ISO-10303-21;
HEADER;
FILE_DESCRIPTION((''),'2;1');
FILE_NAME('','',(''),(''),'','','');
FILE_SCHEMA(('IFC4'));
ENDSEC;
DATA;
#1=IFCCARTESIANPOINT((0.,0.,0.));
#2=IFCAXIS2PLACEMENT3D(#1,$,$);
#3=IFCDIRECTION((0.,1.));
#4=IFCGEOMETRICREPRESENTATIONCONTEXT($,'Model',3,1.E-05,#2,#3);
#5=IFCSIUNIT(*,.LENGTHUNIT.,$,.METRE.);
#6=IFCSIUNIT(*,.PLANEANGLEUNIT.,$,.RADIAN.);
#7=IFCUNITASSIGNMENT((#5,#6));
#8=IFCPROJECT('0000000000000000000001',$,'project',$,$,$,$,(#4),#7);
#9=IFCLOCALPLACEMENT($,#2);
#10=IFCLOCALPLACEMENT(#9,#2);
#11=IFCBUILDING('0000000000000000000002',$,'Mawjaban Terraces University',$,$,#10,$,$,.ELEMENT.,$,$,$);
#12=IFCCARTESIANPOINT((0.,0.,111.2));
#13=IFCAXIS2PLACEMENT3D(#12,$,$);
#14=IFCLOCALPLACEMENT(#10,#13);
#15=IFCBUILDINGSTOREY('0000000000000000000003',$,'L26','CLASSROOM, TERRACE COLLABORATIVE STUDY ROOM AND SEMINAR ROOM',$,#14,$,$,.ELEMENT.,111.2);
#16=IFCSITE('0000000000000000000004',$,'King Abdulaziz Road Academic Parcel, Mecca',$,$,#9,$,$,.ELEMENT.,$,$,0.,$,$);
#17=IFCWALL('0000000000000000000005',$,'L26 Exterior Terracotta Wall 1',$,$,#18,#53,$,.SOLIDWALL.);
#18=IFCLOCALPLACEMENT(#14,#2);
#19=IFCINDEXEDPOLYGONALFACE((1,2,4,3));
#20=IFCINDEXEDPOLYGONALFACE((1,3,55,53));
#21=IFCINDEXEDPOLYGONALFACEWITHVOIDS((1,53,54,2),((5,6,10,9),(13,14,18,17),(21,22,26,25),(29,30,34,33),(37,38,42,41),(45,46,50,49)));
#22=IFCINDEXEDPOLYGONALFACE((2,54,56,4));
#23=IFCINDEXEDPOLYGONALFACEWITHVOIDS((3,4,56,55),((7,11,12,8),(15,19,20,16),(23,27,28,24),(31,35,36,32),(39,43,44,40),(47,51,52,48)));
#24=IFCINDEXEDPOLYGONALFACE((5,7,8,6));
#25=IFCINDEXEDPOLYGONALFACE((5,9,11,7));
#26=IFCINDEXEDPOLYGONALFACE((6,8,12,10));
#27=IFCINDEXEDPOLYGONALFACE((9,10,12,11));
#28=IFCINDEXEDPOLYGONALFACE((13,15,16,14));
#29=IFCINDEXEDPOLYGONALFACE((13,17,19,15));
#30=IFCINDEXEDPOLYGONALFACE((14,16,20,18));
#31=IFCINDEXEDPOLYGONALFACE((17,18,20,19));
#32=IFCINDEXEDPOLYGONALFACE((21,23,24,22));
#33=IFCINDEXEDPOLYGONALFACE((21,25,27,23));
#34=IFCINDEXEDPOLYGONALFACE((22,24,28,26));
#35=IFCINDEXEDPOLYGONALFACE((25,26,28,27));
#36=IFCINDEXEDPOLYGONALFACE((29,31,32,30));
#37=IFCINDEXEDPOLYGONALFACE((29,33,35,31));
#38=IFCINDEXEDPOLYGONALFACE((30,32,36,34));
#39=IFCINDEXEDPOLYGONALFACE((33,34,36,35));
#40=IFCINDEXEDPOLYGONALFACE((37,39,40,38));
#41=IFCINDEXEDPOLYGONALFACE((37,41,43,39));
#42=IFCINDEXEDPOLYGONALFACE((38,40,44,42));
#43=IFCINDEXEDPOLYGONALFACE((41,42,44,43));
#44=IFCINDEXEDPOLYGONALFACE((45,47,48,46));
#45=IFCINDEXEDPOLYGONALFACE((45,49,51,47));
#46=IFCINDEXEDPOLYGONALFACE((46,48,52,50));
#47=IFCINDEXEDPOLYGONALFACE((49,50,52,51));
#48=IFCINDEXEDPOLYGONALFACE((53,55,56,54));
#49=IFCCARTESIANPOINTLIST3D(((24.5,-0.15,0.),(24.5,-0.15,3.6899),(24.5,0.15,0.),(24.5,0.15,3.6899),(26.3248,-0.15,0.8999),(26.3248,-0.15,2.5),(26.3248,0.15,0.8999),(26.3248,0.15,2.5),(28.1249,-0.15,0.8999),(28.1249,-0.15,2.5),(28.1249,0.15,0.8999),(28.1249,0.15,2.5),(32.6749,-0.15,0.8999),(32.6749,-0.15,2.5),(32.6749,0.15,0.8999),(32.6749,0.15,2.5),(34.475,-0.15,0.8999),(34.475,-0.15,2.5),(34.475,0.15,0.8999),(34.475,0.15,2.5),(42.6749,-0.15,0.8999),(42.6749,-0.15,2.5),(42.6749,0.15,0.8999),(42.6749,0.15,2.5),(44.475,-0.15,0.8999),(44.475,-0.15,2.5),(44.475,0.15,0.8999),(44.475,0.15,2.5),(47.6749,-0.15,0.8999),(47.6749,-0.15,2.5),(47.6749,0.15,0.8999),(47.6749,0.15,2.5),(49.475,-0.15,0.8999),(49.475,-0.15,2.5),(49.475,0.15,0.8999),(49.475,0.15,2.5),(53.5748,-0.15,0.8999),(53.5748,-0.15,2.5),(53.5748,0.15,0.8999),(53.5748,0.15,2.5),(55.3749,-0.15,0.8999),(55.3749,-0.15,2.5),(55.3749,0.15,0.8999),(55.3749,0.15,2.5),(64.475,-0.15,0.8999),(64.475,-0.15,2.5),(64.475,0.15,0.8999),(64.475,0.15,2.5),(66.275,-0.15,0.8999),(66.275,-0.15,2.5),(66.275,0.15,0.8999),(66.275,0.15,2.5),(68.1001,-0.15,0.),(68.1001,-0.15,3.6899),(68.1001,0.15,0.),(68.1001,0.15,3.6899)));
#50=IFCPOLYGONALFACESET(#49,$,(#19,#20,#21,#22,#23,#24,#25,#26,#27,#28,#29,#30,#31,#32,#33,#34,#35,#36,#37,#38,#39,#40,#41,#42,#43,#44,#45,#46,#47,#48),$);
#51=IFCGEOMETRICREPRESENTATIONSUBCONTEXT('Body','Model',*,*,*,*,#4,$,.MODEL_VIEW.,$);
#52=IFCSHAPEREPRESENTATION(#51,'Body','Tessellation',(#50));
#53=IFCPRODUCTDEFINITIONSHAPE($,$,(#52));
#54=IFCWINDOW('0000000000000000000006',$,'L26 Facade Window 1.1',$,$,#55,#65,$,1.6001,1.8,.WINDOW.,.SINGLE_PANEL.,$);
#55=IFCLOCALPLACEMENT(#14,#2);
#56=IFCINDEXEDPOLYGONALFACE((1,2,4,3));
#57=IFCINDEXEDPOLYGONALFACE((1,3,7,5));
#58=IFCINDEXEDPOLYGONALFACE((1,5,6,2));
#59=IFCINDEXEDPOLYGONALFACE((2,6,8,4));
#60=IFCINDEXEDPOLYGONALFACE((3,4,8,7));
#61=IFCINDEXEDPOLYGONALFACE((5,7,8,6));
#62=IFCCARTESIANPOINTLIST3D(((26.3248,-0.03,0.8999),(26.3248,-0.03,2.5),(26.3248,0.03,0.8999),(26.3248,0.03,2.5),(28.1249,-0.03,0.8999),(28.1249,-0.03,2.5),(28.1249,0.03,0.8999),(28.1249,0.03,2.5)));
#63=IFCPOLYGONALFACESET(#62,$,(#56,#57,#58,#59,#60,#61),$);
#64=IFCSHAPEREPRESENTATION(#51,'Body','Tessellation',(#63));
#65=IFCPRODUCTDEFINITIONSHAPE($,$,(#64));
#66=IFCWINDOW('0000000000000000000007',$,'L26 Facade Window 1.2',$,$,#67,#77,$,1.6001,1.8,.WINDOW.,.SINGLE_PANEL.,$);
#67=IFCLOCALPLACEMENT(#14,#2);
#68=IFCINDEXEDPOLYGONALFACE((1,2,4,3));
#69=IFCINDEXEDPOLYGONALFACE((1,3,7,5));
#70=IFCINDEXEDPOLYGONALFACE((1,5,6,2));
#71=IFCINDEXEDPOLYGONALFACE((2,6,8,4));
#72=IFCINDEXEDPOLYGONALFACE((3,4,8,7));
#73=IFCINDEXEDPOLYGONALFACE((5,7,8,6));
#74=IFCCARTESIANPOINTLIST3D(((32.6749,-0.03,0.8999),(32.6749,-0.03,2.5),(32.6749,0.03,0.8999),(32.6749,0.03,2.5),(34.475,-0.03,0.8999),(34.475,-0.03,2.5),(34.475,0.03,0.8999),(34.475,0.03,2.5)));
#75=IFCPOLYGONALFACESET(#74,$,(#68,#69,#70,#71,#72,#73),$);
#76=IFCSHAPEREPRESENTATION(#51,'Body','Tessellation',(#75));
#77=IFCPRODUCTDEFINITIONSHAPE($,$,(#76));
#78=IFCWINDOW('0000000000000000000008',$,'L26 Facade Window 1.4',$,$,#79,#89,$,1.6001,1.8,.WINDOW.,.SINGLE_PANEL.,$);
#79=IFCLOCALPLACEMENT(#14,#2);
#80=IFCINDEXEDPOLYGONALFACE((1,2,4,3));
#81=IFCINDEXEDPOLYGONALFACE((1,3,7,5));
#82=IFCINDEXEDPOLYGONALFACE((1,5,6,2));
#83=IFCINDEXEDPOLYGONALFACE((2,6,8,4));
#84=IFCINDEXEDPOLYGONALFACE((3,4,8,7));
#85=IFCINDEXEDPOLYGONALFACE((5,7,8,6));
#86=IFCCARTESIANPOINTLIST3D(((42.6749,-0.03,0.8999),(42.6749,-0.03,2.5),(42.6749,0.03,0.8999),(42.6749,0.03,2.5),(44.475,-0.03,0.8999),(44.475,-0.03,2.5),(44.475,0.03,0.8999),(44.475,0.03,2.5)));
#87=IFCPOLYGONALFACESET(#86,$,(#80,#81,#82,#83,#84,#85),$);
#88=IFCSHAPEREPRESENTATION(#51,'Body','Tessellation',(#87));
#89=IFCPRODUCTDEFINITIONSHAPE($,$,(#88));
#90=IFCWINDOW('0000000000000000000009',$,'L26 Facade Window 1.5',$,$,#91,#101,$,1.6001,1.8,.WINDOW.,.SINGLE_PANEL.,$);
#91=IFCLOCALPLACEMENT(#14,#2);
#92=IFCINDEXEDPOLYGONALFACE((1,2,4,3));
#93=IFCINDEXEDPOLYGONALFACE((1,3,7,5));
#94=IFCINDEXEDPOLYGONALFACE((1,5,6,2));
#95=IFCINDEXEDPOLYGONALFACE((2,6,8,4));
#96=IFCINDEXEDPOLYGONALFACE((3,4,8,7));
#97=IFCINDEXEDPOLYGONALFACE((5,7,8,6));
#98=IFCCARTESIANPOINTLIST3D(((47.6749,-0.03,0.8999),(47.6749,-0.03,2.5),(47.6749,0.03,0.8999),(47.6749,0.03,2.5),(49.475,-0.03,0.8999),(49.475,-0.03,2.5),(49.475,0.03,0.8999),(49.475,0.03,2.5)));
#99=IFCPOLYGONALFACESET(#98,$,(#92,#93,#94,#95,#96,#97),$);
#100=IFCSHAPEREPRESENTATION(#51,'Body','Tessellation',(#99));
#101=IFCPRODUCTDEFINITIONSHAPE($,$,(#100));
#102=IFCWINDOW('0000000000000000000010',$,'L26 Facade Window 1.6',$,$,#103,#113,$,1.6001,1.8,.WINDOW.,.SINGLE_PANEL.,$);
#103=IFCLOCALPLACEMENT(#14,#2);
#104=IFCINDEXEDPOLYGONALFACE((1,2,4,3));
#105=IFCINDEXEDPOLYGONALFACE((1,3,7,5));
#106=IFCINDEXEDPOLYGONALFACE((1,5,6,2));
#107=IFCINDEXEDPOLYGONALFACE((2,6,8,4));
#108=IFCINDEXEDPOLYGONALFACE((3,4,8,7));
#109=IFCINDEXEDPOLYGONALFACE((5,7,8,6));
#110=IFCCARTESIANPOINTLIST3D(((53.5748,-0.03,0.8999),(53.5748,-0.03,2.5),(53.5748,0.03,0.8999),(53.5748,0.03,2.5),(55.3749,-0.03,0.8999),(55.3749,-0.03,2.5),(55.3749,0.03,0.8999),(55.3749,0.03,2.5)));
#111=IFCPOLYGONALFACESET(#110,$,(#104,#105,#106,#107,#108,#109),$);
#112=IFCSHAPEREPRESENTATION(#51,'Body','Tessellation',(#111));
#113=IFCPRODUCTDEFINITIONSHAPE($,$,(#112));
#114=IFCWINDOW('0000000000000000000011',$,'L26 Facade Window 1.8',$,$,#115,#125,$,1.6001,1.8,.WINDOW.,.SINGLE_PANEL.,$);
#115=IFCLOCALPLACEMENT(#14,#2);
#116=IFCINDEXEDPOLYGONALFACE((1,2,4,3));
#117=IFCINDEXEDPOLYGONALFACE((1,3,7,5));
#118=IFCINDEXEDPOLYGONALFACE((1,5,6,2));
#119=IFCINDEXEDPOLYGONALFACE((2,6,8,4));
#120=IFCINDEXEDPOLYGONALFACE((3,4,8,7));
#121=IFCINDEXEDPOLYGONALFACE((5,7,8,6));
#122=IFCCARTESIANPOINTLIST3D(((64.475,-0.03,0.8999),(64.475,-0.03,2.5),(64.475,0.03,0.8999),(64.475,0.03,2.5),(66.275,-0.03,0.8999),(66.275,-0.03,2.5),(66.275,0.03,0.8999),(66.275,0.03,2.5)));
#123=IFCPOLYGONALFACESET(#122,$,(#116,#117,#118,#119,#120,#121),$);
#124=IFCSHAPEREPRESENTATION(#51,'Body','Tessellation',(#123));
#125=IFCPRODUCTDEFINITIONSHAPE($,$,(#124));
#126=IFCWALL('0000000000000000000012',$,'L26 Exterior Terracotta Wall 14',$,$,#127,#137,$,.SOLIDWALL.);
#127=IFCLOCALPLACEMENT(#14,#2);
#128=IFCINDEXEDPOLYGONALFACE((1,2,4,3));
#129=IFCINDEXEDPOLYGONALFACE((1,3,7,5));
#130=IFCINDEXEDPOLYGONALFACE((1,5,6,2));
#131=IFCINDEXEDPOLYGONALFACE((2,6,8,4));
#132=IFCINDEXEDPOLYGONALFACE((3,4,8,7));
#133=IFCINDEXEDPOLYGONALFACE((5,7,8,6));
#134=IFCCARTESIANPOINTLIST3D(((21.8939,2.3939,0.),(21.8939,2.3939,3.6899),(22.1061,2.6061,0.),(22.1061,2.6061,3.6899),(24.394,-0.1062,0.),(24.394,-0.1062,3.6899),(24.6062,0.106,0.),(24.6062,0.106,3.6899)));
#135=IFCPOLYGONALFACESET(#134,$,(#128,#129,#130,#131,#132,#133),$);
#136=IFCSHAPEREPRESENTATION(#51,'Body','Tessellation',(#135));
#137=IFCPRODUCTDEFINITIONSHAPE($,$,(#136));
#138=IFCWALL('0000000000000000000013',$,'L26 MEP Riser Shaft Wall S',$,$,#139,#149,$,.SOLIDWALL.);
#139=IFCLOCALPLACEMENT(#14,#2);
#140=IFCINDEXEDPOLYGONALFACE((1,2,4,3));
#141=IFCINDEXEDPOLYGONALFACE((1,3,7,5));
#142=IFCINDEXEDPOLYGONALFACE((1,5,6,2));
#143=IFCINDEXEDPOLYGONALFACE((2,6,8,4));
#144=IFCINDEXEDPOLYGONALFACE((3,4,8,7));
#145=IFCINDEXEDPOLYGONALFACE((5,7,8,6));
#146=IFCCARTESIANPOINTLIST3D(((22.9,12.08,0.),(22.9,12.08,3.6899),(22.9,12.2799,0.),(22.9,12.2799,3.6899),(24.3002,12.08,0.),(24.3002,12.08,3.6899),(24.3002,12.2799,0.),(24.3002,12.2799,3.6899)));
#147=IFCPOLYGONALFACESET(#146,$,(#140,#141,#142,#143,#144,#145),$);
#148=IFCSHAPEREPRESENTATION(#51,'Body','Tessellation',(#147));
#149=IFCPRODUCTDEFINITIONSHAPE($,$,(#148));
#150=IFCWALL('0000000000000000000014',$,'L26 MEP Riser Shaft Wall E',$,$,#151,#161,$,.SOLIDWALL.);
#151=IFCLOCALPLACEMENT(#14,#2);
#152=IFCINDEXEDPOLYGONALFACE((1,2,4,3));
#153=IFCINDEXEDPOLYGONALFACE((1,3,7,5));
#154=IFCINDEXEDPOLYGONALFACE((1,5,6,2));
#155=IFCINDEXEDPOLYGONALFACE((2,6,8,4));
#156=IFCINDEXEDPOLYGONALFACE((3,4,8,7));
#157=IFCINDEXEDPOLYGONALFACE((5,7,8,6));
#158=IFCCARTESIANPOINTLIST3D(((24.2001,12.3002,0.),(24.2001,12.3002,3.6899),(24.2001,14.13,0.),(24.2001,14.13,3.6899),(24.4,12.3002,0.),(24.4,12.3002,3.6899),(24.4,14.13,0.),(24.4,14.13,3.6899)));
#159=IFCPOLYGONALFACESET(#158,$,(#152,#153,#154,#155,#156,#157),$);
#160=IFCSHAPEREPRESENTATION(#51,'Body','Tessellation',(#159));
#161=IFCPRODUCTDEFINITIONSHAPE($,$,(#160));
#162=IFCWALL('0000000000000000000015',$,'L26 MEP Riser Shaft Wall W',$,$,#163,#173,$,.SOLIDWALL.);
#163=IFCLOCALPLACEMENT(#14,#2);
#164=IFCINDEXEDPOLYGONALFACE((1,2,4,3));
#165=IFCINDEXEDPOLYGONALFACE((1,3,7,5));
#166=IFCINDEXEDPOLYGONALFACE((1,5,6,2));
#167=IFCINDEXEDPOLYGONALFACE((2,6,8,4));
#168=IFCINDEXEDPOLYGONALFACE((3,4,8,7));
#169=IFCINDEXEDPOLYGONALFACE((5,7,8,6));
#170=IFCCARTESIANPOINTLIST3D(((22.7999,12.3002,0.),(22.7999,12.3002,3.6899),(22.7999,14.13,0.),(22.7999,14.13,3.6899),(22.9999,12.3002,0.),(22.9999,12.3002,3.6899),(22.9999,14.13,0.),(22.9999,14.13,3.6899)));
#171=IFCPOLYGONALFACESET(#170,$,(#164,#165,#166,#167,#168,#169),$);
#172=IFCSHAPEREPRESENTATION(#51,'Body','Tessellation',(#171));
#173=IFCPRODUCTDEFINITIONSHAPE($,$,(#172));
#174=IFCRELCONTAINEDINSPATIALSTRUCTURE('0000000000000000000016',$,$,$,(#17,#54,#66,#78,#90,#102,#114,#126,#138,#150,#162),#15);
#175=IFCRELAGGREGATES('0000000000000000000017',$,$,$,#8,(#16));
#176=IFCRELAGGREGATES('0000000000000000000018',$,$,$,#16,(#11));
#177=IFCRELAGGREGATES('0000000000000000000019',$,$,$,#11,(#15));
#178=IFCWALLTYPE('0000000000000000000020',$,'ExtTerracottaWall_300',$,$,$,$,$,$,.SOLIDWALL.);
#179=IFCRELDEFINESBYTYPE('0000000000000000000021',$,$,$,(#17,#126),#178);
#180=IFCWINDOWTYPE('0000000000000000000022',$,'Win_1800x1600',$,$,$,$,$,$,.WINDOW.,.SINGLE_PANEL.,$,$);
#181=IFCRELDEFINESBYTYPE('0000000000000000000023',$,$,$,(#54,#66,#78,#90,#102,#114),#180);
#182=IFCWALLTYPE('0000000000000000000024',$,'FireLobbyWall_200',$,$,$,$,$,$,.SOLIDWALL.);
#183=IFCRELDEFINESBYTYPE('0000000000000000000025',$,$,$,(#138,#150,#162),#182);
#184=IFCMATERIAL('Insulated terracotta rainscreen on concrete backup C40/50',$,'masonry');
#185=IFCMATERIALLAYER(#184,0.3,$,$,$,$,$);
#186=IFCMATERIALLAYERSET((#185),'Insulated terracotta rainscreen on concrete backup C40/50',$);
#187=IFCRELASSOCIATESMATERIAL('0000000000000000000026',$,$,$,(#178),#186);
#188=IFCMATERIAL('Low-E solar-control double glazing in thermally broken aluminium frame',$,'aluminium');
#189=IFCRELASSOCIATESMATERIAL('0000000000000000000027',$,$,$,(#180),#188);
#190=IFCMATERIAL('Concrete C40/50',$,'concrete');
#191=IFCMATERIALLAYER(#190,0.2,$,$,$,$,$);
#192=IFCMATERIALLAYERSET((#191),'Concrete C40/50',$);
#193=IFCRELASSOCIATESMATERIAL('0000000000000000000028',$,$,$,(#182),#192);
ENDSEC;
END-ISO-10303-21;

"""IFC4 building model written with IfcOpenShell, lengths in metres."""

from ifc_helpers import new_model, si_unit, direction, frame, frame_2d, origin, place, context, subcontext, project, spatial, rectangle, extrude, material, layer, layer_set, type_object, element, fill, save


model = new_model("IFC4")

# Units and contexts
model_context = context("Model", 3, precision=1e-05, world=origin(), true_north=direction((0.0, 1.0)))
body_context = subcontext(model_context, "Body", "Model", "MODEL_VIEW")
ifc_project = project(units=[si_unit("LENGTHUNIT", "METRE"), si_unit("PLANEANGLEUNIT", "RADIAN")], contexts=[model_context])

# Site, building, storey
site_placement = place(None, origin())
site = spatial("IfcSite", under=ifc_project, at=site_placement, Name="King Abdulaziz Road Academic Parcel, Mecca", CompositionType="ELEMENT", RefElevation=0.0)
building_placement = place(site_placement, origin())
building = spatial("IfcBuilding", under=site, at=building_placement, Name="Mawjaban Terraces University", CompositionType="ELEMENT")
storey_placement = place(building_placement, frame((0.0, 0.0, 111.2)))
storey = spatial("IfcBuildingStorey", under=building, at=storey_placement, Name="L26", Description="CLASSROOM, TERRACE COLLABORATIVE STUDY ROOM AND SEMINAR ROOM", CompositionType="ELEMENT", Elevation=111.2)

# Wall, openings, windows
ifc_material_1 = material(Name="Insulated terracotta rainscreen on concrete backup C40/50", Category="masonry")
ifc_layer_1 = layer(ifc_material_1, 0.3)
ifc_layer_set_1 = layer_set([ifc_layer_1], Name="Insulated terracotta rainscreen on concrete backup C40/50")
wall_type_1 = type_object("IfcWallType", Name="ExtTerracottaWall_300", PredefinedType="SOLIDWALL", material=ifc_layer_set_1)
wall_1_placement = place(storey_placement, frame((24.5, 0.0, 0.0), z_axis=(0.0, 0.0, 1.0), x_axis=(1.0, 0.0, 0.0)))
wall_1 = element("IfcWall", 1, at=wall_1_placement, inside=storey, type_object=wall_type_1, Name="L26 Exterior Terracotta Wall 1", PredefinedType="SOLIDWALL", context=body_context, shape_type="SweptSolid", body=[
    extrude(rectangle(XDim=43.6001, YDim=0.3, at=frame_2d((21.8, 0.0))), origin(), (0.0, 0.0, 1.0), 3.6899),
])
opening_1_placement = place(wall_1_placement, frame((1.825, 0.0, 0.8999)))
opening_1 = element("IfcOpeningElement", 2, at=opening_1_placement, cuts=wall_1, PredefinedType="OPENING", context=body_context, shape_type="SweptSolid", body=[
    extrude(rectangle(XDim=1.8, YDim=1.6001, at=frame_2d((0.8999, 0.8))), frame((0.0, 0.1599, 0.0), z_axis=(0.0, -1.0, 0.0), x_axis=(1.0, 0.0, 0.0)), (0.0, 0.0, 1.0), 0.3201),
])
opening_2_placement = place(wall_1_placement, frame((8.175, 0.0, 0.8999)))
opening_2 = element("IfcOpeningElement", 3, at=opening_2_placement, cuts=wall_1, PredefinedType="OPENING", context=body_context, shape_type="SweptSolid", body=[
    extrude(rectangle(XDim=1.8, YDim=1.6001, at=frame_2d((0.8999, 0.8))), frame((0.0, 0.1599, 0.0), z_axis=(0.0, -1.0, 0.0), x_axis=(1.0, 0.0, 0.0)), (0.0, 0.0, 1.0), 0.3201),
])
opening_3_placement = place(wall_1_placement, frame((18.175, 0.0, 0.8999)))
opening_3 = element("IfcOpeningElement", 4, at=opening_3_placement, cuts=wall_1, PredefinedType="OPENING", context=body_context, shape_type="SweptSolid", body=[
    extrude(rectangle(XDim=1.8, YDim=1.6001, at=frame_2d((0.8999, 0.8))), frame((0.0, 0.1599, 0.0), z_axis=(0.0, -1.0, 0.0), x_axis=(1.0, 0.0, 0.0)), (0.0, 0.0, 1.0), 0.3201),
])
opening_4_placement = place(wall_1_placement, frame((23.175, 0.0, 0.8999)))
opening_4 = element("IfcOpeningElement", 5, at=opening_4_placement, cuts=wall_1, PredefinedType="OPENING", context=body_context, shape_type="SweptSolid", body=[
    extrude(rectangle(XDim=1.8, YDim=1.6001, at=frame_2d((0.8999, 0.8))), frame((0.0, 0.1599, 0.0), z_axis=(0.0, -1.0, 0.0), x_axis=(1.0, 0.0, 0.0)), (0.0, 0.0, 1.0), 0.3201),
])
opening_5_placement = place(wall_1_placement, frame((29.075, 0.0, 0.8999)))
opening_5 = element("IfcOpeningElement", 6, at=opening_5_placement, cuts=wall_1, PredefinedType="OPENING", context=body_context, shape_type="SweptSolid", body=[
    extrude(rectangle(XDim=1.8, YDim=1.6001, at=frame_2d((0.8999, 0.8))), frame((0.0, 0.1599, 0.0), z_axis=(0.0, -1.0, 0.0), x_axis=(1.0, 0.0, 0.0)), (0.0, 0.0, 1.0), 0.3201),
])
opening_6_placement = place(wall_1_placement, frame((39.9751, 0.0, 0.8999)))
opening_6 = element("IfcOpeningElement", 7, at=opening_6_placement, cuts=wall_1, PredefinedType="OPENING", context=body_context, shape_type="SweptSolid", body=[
    extrude(rectangle(XDim=1.8, YDim=1.6001, at=frame_2d((0.8999, 0.8))), frame((0.0, 0.1599, 0.0), z_axis=(0.0, -1.0, 0.0), x_axis=(1.0, 0.0, 0.0)), (0.0, 0.0, 1.0), 0.3201),
])
ifc_material_2 = material(Name="Low-E solar-control double glazing in thermally broken aluminium frame", Category="aluminium")
window_type = type_object("IfcWindowType", Name="Win_1800x1600", PartitioningType="SINGLE_PANEL", PredefinedType="WINDOW", material=ifc_material_2)
window_1_placement = place(opening_1_placement, origin())
window_1 = element("IfcWindow", 8, at=window_1_placement, inside=storey, type_object=window_type, Name="L26 Facade Window 1.1", OverallHeight=1.6001, OverallWidth=1.8, PartitioningType="SINGLE_PANEL", PredefinedType="WINDOW", context=body_context, shape_type="SweptSolid", body=[
    extrude(rectangle(XDim=1.8, YDim=1.6001, at=frame_2d((0.8999, 0.8))), frame((0.0, 0.03, 0.0), z_axis=(0.0, -1.0, 0.0), x_axis=(1.0, 0.0, 0.0)), (0.0, 0.0, 1.0), 0.0601),
])
fill(opening_1, window_1)
window_2_placement = place(opening_2_placement, origin())
window_2 = element("IfcWindow", 9, at=window_2_placement, inside=storey, type_object=window_type, Name="L26 Facade Window 1.2", OverallHeight=1.6001, OverallWidth=1.8, PartitioningType="SINGLE_PANEL", PredefinedType="WINDOW", context=body_context, shape_type="SweptSolid", body=[
    extrude(rectangle(XDim=1.8, YDim=1.6001, at=frame_2d((0.8999, 0.8))), frame((0.0, 0.03, 0.0), z_axis=(0.0, -1.0, 0.0), x_axis=(1.0, 0.0, 0.0)), (0.0, 0.0, 1.0), 0.0601),
])
fill(opening_2, window_2)
window_3_placement = place(opening_3_placement, origin())
window_3 = element("IfcWindow", 10, at=window_3_placement, inside=storey, type_object=window_type, Name="L26 Facade Window 1.4", OverallHeight=1.6001, OverallWidth=1.8, PartitioningType="SINGLE_PANEL", PredefinedType="WINDOW", context=body_context, shape_type="SweptSolid", body=[
    extrude(rectangle(XDim=1.8, YDim=1.6001, at=frame_2d((0.8999, 0.8))), frame((0.0, 0.03, 0.0), z_axis=(0.0, -1.0, 0.0), x_axis=(1.0, 0.0, 0.0)), (0.0, 0.0, 1.0), 0.0601),
])
fill(opening_3, window_3)
window_4_placement = place(opening_4_placement, origin())
window_4 = element("IfcWindow", 11, at=window_4_placement, inside=storey, type_object=window_type, Name="L26 Facade Window 1.5", OverallHeight=1.6001, OverallWidth=1.8, PartitioningType="SINGLE_PANEL", PredefinedType="WINDOW", context=body_context, shape_type="SweptSolid", body=[
    extrude(rectangle(XDim=1.8, YDim=1.6001, at=frame_2d((0.8999, 0.8))), frame((0.0, 0.03, 0.0), z_axis=(0.0, -1.0, 0.0), x_axis=(1.0, 0.0, 0.0)), (0.0, 0.0, 1.0), 0.0601),
])
fill(opening_4, window_4)
window_5_placement = place(opening_5_placement, origin())
window_5 = element("IfcWindow", 12, at=window_5_placement, inside=storey, type_object=window_type, Name="L26 Facade Window 1.6", OverallHeight=1.6001, OverallWidth=1.8, PartitioningType="SINGLE_PANEL", PredefinedType="WINDOW", context=body_context, shape_type="SweptSolid", body=[
    extrude(rectangle(XDim=1.8, YDim=1.6001, at=frame_2d((0.8999, 0.8))), frame((0.0, 0.03, 0.0), z_axis=(0.0, -1.0, 0.0), x_axis=(1.0, 0.0, 0.0)), (0.0, 0.0, 1.0), 0.0601),
])
fill(opening_5, window_5)
window_6_placement = place(opening_6_placement, origin())
window_6 = element("IfcWindow", 13, at=window_6_placement, inside=storey, type_object=window_type, Name="L26 Facade Window 1.8", OverallHeight=1.6001, OverallWidth=1.8, PartitioningType="SINGLE_PANEL", PredefinedType="WINDOW", context=body_context, shape_type="SweptSolid", body=[
    extrude(rectangle(XDim=1.8, YDim=1.6001, at=frame_2d((0.8999, 0.8))), frame((0.0, 0.03, 0.0), z_axis=(0.0, -1.0, 0.0), x_axis=(1.0, 0.0, 0.0)), (0.0, 0.0, 1.0), 0.0601),
])
fill(opening_6, window_6)

# Walls
wall_2_placement = place(storey_placement, frame((22.0, 2.5, 0.0), z_axis=(0.0, 0.0, 1.0), x_axis=(0.707107, -0.707107, 0.0)))
element("IfcWall", 14, at=wall_2_placement, inside=storey, type_object=wall_type_1, Name="L26 Exterior Terracotta Wall 14", PredefinedType="SOLIDWALL", context=body_context, shape_type="SweptSolid", body=[
    extrude(rectangle(XDim=3.5356, YDim=0.3, at=frame_2d((1.7678, 0.0))), origin(), (0.0, 0.0, 1.0), 3.6899),
])
ifc_material_3 = material(Name="Concrete C40/50", Category="concrete")
ifc_layer_2 = layer(ifc_material_3, 0.2)
ifc_layer_set_2 = layer_set([ifc_layer_2], Name="Concrete C40/50")
wall_type_2 = type_object("IfcWallType", Name="FireLobbyWall_200", PredefinedType="SOLIDWALL", material=ifc_layer_set_2)
wall_3_placement = place(storey_placement, frame((22.8999, 12.1799, 0.0), z_axis=(0.0, 0.0, 1.0), x_axis=(1.0, 0.0, 0.0)))
element("IfcWall", 15, at=wall_3_placement, inside=storey, type_object=wall_type_2, Name="L26 MEP Riser Shaft Wall S", PredefinedType="SOLIDWALL", context=body_context, shape_type="SweptSolid", body=[
    extrude(rectangle(XDim=1.4001, YDim=0.2, at=frame_2d((0.7002, 0.0))), origin(), (0.0, 0.0, 1.0), 3.6899),
])
for number, where, z_axis, x_axis, name in (
    (16, (24.3, 12.3, 0.0), (0.0, 0.0, 1.0), (0.0, 1.0, 0.0), "L26 MEP Riser Shaft Wall E"),
    (17, (22.8999, 12.3, 0.0), (0.0, 0.0, 1.0), (0.0, 1.0, 0.0), "L26 MEP Riser Shaft Wall W"),
):
    element("IfcWall", number, at=place(storey_placement, frame(where, z_axis=z_axis, x_axis=x_axis)), inside=storey, type_object=wall_type_2, Name=name, PredefinedType="SOLIDWALL", context=body_context, shape_type="SweptSolid", body=[
        extrude(rectangle(XDim=1.8298, YDim=0.2, at=frame_2d((0.915, 0.0))), origin(), (0.0, 0.0, 1.0), 3.6899),
    ])

save(model, "model.ifc")
